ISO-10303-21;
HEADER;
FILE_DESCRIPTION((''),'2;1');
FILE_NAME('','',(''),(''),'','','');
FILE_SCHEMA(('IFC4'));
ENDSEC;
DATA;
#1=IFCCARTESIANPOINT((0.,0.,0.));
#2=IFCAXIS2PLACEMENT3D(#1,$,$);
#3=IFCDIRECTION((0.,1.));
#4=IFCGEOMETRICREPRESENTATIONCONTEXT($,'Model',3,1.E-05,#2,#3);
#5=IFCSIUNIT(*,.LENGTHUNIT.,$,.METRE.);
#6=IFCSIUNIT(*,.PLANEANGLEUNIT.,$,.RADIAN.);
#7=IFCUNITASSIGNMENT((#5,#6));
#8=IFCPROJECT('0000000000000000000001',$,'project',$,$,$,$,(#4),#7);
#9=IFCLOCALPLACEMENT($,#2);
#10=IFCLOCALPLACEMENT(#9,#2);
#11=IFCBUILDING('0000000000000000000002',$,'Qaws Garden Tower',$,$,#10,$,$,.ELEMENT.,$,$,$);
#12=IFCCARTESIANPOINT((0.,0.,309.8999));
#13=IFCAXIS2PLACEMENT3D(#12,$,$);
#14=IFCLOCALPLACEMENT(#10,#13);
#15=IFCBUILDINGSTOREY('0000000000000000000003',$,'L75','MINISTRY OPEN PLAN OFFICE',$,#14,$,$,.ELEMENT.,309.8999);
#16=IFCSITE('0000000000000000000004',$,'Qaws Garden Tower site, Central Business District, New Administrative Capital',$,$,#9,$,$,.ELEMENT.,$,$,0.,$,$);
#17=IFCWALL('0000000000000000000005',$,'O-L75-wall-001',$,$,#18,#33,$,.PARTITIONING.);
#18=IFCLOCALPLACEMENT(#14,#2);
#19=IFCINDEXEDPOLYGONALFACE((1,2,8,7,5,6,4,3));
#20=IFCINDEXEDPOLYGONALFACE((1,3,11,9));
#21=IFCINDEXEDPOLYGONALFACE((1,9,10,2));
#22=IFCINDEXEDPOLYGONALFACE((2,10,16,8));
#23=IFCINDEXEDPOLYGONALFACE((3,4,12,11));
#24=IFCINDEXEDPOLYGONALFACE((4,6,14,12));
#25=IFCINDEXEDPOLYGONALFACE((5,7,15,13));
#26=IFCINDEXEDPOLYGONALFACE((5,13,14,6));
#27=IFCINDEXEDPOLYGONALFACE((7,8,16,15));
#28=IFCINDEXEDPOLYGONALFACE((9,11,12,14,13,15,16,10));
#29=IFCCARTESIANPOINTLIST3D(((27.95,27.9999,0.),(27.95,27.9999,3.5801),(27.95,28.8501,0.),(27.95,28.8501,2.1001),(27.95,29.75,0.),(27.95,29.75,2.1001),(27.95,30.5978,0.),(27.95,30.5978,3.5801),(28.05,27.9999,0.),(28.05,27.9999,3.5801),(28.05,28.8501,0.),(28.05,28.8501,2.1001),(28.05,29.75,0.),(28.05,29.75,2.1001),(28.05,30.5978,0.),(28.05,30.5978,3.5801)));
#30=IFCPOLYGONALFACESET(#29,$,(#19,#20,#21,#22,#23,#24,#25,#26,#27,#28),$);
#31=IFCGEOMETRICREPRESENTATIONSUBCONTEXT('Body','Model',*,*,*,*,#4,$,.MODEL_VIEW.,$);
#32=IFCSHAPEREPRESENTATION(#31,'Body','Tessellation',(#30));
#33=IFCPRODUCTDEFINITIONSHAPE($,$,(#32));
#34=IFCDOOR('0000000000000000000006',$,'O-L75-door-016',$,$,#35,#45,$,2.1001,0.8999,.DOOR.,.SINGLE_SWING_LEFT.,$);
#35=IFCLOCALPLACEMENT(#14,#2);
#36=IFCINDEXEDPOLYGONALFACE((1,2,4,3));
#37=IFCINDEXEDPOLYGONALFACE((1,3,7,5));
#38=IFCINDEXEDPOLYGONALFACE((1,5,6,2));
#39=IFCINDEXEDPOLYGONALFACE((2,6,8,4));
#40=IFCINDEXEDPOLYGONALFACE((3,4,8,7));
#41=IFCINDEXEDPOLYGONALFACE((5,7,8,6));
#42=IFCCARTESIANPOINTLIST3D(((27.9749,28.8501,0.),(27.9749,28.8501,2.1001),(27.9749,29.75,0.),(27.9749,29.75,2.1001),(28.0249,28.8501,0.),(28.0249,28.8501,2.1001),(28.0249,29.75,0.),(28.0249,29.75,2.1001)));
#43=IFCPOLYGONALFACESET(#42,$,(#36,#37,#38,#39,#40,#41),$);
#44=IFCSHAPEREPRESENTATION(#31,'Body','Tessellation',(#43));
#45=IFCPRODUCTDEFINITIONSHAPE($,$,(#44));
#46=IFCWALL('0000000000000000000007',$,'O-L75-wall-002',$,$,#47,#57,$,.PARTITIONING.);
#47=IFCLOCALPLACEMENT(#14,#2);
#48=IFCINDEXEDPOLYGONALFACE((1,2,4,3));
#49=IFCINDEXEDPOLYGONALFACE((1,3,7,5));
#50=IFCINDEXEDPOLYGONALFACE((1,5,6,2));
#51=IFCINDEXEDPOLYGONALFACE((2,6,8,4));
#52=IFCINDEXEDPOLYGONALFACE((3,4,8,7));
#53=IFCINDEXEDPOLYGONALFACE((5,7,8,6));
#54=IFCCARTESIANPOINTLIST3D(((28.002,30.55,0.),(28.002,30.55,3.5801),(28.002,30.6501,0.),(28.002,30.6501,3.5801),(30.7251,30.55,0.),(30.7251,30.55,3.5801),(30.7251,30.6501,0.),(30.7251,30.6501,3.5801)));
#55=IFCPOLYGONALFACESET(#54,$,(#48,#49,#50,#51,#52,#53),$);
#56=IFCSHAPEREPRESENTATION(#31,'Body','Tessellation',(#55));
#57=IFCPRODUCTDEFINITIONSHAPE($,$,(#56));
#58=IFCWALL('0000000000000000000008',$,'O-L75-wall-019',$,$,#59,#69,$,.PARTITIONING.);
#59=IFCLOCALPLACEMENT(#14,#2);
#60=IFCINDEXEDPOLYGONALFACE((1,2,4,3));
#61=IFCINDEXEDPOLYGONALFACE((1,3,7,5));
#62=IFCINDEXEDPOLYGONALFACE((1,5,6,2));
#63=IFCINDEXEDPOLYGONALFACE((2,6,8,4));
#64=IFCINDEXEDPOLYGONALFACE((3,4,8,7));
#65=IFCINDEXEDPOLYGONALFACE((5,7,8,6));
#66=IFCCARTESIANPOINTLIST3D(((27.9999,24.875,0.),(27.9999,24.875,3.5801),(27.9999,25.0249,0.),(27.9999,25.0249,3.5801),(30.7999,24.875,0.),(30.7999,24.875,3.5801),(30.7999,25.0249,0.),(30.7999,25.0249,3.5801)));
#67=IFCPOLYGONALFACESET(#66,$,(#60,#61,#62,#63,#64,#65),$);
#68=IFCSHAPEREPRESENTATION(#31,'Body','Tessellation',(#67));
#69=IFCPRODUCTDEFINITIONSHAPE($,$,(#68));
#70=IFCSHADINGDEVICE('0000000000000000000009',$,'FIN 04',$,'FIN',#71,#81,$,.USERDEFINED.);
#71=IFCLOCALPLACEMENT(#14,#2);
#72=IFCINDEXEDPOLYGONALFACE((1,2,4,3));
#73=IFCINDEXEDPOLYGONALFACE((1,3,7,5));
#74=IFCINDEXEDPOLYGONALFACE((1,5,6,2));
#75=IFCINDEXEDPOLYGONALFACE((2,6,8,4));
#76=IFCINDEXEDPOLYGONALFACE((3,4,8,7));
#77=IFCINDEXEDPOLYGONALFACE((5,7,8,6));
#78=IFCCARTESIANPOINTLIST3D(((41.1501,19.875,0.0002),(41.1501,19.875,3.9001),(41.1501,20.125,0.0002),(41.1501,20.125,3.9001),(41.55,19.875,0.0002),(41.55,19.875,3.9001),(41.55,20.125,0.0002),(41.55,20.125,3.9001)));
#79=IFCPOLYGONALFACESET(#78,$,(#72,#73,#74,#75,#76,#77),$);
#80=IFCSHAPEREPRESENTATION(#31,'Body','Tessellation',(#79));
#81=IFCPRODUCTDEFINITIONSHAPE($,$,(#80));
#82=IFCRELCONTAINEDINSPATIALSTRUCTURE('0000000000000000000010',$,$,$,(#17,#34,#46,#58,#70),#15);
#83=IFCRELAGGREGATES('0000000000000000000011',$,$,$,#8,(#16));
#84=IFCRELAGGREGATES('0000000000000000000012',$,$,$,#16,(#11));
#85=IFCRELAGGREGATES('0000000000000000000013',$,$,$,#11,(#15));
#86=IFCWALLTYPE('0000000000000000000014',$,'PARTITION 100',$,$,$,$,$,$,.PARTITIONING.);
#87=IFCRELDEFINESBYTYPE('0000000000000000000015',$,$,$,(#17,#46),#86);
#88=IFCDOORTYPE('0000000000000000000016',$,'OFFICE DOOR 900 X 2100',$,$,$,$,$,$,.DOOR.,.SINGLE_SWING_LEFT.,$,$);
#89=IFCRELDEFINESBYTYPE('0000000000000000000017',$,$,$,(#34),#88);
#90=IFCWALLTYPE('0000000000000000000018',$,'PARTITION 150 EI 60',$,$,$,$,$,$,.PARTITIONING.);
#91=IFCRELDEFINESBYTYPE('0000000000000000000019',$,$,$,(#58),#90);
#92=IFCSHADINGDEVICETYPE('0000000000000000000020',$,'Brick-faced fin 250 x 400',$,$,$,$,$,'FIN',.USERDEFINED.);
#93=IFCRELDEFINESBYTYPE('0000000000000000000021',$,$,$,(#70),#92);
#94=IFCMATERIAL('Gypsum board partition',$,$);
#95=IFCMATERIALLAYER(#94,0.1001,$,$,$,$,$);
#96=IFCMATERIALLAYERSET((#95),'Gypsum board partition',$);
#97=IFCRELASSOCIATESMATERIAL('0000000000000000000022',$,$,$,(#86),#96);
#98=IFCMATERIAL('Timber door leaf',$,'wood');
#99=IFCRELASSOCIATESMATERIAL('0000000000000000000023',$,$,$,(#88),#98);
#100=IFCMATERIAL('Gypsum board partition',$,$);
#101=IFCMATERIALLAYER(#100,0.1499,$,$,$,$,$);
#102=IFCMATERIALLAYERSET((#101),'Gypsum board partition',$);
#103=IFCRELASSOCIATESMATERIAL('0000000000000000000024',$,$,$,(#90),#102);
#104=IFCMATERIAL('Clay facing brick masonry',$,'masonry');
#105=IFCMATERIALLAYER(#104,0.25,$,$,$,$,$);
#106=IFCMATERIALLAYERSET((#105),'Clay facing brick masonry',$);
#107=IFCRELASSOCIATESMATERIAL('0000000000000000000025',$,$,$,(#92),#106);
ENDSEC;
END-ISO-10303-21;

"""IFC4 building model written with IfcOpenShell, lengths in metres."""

from ifc_helpers import new_model, si_unit, direction, frame, frame_2d, origin, origin_2d, place, context, subcontext, project, spatial, rectangle, extrude, material, layer, layer_set, type_object, element, fill, save


model = new_model("IFC4")

# Units and contexts
model_context = context("Model", 3, precision=1e-05, world=origin(), true_north=direction((0.0, 1.0)))
body_context = subcontext(model_context, "Body", "Model", "MODEL_VIEW")
ifc_project = project(units=[si_unit("LENGTHUNIT", "METRE"), si_unit("PLANEANGLEUNIT", "RADIAN")], contexts=[model_context])

# Site, building, storey
site_placement = place(None, origin())
site = spatial("IfcSite", under=ifc_project, at=site_placement, Name="Qaws Garden Tower site, Central Business District, New Administrative Capital", CompositionType="ELEMENT", RefElevation=0.0)
building_placement = place(site_placement, origin())
building = spatial("IfcBuilding", under=site, at=building_placement, Name="Qaws Garden Tower", CompositionType="ELEMENT")
storey_placement = place(building_placement, frame((0.0, 0.0, 309.8999)))
storey = spatial("IfcBuildingStorey", under=building, at=storey_placement, Name="L75", Description="MINISTRY OPEN PLAN OFFICE", CompositionType="ELEMENT", Elevation=309.8999)

# Wall, opening, door
ifc_material_1 = material(Name="Gypsum board partition")
ifc_layer_1 = layer(ifc_material_1, 0.1001)
ifc_layer_set_1 = layer_set([ifc_layer_1], Name="Gypsum board partition")
wall_type_1 = type_object("IfcWallType", Name="PARTITION 100", PredefinedType="PARTITIONING", material=ifc_layer_set_1)
wall_1_placement = place(storey_placement, frame((28.0, 28.0, 0.0), z_axis=(0.0, 0.0, 1.0), x_axis=(0.0, 1.0, 0.0)))
wall_1 = element("IfcWall", 1, at=wall_1_placement, inside=storey, type_object=wall_type_1, Name="O-L75-wall-001", PredefinedType="PARTITIONING", context=body_context, shape_type="SweptSolid", body=[
    extrude(rectangle(XDim=2.5979, YDim=0.1001, at=frame_2d((1.2988, 0.0))), origin(), (0.0, 0.0, 1.0), 3.5801),
])
opening_1_placement = place(wall_1_placement, frame((0.8501, 0.0, 0.0)))
opening_1 = element("IfcOpeningElement", 2, at=opening_1_placement, cuts=wall_1, PredefinedType="OPENING", context=body_context, shape_type="SweptSolid", body=[
    extrude(rectangle(XDim=0.8999, YDim=2.1001, at=frame_2d((0.45, 1.05))), frame((0.0, 0.0601, 0.0), z_axis=(0.0, -1.0, 0.0), x_axis=(1.0, 0.0, 0.0)), (0.0, 0.0, 1.0), 0.1201),
])
ifc_material_2 = material(Name="Timber door leaf", Category="wood")
door_type_1 = type_object("IfcDoorType", Name="OFFICE DOOR 900 X 2100", OperationType="SINGLE_SWING_LEFT", PredefinedType="DOOR", material=ifc_material_2)
door_1_placement = place(opening_1_placement, frame((0.8999, 0.0, 0.0), z_axis=(0.0, 0.0, 1.0), x_axis=(-1.0, 0.0, 0.0)))
door_1 = element("IfcDoor", 3, at=door_1_placement, inside=storey, type_object=door_type_1, Name="O-L75-door-016", OperationType="SINGLE_SWING_LEFT", OverallHeight=2.1001, OverallWidth=0.8999, PredefinedType="DOOR", context=body_context, shape_type="SweptSolid", body=[
    extrude(rectangle(XDim=0.8999, YDim=2.1001, at=frame_2d((0.45, 1.05))), frame((0.0, 0.0249, 0.0), z_axis=(0.0, -1.0, 0.0), x_axis=(1.0, 0.0, 0.0)), (0.0, 0.0, 1.0), 0.05),
])
fill(opening_1, door_1)

# Walls
wall_2_placement = place(storey_placement, frame((28.002, 30.6001, 0.0), z_axis=(0.0, 0.0, 1.0), x_axis=(1.0, 0.0, 0.0)))
element("IfcWall", 4, at=wall_2_placement, inside=storey, type_object=wall_type_1, Name="O-L75-wall-002", PredefinedType="PARTITIONING", context=body_context, shape_type="SweptSolid", body=[
    extrude(rectangle(XDim=2.7231, YDim=0.1001, at=frame_2d((1.3616, 0.0))), origin(), (0.0, 0.0, 1.0), 3.5801),
])
ifc_material_3 = material(Name="Gypsum board partition")
ifc_layer_2 = layer(ifc_material_3, 0.1499)
ifc_layer_set_2 = layer_set([ifc_layer_2], Name="Gypsum board partition")
wall_type_2 = type_object("IfcWallType", Name="PARTITION 150 EI 60", PredefinedType="PARTITIONING", material=ifc_layer_set_2)
wall_3_placement = place(storey_placement, frame((28.0, 24.95, 0.0), z_axis=(0.0, 0.0, 1.0), x_axis=(1.0, 0.0, 0.0)))
element("IfcWall", 5, at=wall_3_placement, inside=storey, type_object=wall_type_2, Name="O-L75-wall-019", PredefinedType="PARTITIONING", context=body_context, shape_type="SweptSolid", body=[
    extrude(rectangle(XDim=2.8, YDim=0.1499, at=frame_2d((1.3999, 0.0))), origin(), (0.0, 0.0, 1.0), 3.5801),
])

# Shading device
ifc_material_4 = material(Name="Clay facing brick masonry", Category="masonry")
ifc_layer_3 = layer(ifc_material_4, 0.25)
ifc_layer_set_3 = layer_set([ifc_layer_3], Name="Clay facing brick masonry")
shading_device_type = type_object("IfcShadingDeviceType", Name="Brick-faced fin 250 x 400", ElementType="FIN", PredefinedType="USERDEFINED", material=ifc_layer_set_3)
shading_device_placement = place(storey_placement, frame((41.3501, 20.0, 0.0002), z_axis=(0.0, 0.0, 1.0), x_axis=(0.0, 1.0, 0.0)))
element("IfcShadingDevice", 6, at=shading_device_placement, inside=storey, type_object=shading_device_type, Name="FIN 04", ObjectType="FIN", PredefinedType="USERDEFINED", context=body_context, shape_type="SweptSolid", body=[
    extrude(rectangle(XDim=0.25, YDim=0.3999, at=origin_2d()), origin(), (0.0, 0.0, 1.0), 3.8999),
])

save(model, "model.ifc")
